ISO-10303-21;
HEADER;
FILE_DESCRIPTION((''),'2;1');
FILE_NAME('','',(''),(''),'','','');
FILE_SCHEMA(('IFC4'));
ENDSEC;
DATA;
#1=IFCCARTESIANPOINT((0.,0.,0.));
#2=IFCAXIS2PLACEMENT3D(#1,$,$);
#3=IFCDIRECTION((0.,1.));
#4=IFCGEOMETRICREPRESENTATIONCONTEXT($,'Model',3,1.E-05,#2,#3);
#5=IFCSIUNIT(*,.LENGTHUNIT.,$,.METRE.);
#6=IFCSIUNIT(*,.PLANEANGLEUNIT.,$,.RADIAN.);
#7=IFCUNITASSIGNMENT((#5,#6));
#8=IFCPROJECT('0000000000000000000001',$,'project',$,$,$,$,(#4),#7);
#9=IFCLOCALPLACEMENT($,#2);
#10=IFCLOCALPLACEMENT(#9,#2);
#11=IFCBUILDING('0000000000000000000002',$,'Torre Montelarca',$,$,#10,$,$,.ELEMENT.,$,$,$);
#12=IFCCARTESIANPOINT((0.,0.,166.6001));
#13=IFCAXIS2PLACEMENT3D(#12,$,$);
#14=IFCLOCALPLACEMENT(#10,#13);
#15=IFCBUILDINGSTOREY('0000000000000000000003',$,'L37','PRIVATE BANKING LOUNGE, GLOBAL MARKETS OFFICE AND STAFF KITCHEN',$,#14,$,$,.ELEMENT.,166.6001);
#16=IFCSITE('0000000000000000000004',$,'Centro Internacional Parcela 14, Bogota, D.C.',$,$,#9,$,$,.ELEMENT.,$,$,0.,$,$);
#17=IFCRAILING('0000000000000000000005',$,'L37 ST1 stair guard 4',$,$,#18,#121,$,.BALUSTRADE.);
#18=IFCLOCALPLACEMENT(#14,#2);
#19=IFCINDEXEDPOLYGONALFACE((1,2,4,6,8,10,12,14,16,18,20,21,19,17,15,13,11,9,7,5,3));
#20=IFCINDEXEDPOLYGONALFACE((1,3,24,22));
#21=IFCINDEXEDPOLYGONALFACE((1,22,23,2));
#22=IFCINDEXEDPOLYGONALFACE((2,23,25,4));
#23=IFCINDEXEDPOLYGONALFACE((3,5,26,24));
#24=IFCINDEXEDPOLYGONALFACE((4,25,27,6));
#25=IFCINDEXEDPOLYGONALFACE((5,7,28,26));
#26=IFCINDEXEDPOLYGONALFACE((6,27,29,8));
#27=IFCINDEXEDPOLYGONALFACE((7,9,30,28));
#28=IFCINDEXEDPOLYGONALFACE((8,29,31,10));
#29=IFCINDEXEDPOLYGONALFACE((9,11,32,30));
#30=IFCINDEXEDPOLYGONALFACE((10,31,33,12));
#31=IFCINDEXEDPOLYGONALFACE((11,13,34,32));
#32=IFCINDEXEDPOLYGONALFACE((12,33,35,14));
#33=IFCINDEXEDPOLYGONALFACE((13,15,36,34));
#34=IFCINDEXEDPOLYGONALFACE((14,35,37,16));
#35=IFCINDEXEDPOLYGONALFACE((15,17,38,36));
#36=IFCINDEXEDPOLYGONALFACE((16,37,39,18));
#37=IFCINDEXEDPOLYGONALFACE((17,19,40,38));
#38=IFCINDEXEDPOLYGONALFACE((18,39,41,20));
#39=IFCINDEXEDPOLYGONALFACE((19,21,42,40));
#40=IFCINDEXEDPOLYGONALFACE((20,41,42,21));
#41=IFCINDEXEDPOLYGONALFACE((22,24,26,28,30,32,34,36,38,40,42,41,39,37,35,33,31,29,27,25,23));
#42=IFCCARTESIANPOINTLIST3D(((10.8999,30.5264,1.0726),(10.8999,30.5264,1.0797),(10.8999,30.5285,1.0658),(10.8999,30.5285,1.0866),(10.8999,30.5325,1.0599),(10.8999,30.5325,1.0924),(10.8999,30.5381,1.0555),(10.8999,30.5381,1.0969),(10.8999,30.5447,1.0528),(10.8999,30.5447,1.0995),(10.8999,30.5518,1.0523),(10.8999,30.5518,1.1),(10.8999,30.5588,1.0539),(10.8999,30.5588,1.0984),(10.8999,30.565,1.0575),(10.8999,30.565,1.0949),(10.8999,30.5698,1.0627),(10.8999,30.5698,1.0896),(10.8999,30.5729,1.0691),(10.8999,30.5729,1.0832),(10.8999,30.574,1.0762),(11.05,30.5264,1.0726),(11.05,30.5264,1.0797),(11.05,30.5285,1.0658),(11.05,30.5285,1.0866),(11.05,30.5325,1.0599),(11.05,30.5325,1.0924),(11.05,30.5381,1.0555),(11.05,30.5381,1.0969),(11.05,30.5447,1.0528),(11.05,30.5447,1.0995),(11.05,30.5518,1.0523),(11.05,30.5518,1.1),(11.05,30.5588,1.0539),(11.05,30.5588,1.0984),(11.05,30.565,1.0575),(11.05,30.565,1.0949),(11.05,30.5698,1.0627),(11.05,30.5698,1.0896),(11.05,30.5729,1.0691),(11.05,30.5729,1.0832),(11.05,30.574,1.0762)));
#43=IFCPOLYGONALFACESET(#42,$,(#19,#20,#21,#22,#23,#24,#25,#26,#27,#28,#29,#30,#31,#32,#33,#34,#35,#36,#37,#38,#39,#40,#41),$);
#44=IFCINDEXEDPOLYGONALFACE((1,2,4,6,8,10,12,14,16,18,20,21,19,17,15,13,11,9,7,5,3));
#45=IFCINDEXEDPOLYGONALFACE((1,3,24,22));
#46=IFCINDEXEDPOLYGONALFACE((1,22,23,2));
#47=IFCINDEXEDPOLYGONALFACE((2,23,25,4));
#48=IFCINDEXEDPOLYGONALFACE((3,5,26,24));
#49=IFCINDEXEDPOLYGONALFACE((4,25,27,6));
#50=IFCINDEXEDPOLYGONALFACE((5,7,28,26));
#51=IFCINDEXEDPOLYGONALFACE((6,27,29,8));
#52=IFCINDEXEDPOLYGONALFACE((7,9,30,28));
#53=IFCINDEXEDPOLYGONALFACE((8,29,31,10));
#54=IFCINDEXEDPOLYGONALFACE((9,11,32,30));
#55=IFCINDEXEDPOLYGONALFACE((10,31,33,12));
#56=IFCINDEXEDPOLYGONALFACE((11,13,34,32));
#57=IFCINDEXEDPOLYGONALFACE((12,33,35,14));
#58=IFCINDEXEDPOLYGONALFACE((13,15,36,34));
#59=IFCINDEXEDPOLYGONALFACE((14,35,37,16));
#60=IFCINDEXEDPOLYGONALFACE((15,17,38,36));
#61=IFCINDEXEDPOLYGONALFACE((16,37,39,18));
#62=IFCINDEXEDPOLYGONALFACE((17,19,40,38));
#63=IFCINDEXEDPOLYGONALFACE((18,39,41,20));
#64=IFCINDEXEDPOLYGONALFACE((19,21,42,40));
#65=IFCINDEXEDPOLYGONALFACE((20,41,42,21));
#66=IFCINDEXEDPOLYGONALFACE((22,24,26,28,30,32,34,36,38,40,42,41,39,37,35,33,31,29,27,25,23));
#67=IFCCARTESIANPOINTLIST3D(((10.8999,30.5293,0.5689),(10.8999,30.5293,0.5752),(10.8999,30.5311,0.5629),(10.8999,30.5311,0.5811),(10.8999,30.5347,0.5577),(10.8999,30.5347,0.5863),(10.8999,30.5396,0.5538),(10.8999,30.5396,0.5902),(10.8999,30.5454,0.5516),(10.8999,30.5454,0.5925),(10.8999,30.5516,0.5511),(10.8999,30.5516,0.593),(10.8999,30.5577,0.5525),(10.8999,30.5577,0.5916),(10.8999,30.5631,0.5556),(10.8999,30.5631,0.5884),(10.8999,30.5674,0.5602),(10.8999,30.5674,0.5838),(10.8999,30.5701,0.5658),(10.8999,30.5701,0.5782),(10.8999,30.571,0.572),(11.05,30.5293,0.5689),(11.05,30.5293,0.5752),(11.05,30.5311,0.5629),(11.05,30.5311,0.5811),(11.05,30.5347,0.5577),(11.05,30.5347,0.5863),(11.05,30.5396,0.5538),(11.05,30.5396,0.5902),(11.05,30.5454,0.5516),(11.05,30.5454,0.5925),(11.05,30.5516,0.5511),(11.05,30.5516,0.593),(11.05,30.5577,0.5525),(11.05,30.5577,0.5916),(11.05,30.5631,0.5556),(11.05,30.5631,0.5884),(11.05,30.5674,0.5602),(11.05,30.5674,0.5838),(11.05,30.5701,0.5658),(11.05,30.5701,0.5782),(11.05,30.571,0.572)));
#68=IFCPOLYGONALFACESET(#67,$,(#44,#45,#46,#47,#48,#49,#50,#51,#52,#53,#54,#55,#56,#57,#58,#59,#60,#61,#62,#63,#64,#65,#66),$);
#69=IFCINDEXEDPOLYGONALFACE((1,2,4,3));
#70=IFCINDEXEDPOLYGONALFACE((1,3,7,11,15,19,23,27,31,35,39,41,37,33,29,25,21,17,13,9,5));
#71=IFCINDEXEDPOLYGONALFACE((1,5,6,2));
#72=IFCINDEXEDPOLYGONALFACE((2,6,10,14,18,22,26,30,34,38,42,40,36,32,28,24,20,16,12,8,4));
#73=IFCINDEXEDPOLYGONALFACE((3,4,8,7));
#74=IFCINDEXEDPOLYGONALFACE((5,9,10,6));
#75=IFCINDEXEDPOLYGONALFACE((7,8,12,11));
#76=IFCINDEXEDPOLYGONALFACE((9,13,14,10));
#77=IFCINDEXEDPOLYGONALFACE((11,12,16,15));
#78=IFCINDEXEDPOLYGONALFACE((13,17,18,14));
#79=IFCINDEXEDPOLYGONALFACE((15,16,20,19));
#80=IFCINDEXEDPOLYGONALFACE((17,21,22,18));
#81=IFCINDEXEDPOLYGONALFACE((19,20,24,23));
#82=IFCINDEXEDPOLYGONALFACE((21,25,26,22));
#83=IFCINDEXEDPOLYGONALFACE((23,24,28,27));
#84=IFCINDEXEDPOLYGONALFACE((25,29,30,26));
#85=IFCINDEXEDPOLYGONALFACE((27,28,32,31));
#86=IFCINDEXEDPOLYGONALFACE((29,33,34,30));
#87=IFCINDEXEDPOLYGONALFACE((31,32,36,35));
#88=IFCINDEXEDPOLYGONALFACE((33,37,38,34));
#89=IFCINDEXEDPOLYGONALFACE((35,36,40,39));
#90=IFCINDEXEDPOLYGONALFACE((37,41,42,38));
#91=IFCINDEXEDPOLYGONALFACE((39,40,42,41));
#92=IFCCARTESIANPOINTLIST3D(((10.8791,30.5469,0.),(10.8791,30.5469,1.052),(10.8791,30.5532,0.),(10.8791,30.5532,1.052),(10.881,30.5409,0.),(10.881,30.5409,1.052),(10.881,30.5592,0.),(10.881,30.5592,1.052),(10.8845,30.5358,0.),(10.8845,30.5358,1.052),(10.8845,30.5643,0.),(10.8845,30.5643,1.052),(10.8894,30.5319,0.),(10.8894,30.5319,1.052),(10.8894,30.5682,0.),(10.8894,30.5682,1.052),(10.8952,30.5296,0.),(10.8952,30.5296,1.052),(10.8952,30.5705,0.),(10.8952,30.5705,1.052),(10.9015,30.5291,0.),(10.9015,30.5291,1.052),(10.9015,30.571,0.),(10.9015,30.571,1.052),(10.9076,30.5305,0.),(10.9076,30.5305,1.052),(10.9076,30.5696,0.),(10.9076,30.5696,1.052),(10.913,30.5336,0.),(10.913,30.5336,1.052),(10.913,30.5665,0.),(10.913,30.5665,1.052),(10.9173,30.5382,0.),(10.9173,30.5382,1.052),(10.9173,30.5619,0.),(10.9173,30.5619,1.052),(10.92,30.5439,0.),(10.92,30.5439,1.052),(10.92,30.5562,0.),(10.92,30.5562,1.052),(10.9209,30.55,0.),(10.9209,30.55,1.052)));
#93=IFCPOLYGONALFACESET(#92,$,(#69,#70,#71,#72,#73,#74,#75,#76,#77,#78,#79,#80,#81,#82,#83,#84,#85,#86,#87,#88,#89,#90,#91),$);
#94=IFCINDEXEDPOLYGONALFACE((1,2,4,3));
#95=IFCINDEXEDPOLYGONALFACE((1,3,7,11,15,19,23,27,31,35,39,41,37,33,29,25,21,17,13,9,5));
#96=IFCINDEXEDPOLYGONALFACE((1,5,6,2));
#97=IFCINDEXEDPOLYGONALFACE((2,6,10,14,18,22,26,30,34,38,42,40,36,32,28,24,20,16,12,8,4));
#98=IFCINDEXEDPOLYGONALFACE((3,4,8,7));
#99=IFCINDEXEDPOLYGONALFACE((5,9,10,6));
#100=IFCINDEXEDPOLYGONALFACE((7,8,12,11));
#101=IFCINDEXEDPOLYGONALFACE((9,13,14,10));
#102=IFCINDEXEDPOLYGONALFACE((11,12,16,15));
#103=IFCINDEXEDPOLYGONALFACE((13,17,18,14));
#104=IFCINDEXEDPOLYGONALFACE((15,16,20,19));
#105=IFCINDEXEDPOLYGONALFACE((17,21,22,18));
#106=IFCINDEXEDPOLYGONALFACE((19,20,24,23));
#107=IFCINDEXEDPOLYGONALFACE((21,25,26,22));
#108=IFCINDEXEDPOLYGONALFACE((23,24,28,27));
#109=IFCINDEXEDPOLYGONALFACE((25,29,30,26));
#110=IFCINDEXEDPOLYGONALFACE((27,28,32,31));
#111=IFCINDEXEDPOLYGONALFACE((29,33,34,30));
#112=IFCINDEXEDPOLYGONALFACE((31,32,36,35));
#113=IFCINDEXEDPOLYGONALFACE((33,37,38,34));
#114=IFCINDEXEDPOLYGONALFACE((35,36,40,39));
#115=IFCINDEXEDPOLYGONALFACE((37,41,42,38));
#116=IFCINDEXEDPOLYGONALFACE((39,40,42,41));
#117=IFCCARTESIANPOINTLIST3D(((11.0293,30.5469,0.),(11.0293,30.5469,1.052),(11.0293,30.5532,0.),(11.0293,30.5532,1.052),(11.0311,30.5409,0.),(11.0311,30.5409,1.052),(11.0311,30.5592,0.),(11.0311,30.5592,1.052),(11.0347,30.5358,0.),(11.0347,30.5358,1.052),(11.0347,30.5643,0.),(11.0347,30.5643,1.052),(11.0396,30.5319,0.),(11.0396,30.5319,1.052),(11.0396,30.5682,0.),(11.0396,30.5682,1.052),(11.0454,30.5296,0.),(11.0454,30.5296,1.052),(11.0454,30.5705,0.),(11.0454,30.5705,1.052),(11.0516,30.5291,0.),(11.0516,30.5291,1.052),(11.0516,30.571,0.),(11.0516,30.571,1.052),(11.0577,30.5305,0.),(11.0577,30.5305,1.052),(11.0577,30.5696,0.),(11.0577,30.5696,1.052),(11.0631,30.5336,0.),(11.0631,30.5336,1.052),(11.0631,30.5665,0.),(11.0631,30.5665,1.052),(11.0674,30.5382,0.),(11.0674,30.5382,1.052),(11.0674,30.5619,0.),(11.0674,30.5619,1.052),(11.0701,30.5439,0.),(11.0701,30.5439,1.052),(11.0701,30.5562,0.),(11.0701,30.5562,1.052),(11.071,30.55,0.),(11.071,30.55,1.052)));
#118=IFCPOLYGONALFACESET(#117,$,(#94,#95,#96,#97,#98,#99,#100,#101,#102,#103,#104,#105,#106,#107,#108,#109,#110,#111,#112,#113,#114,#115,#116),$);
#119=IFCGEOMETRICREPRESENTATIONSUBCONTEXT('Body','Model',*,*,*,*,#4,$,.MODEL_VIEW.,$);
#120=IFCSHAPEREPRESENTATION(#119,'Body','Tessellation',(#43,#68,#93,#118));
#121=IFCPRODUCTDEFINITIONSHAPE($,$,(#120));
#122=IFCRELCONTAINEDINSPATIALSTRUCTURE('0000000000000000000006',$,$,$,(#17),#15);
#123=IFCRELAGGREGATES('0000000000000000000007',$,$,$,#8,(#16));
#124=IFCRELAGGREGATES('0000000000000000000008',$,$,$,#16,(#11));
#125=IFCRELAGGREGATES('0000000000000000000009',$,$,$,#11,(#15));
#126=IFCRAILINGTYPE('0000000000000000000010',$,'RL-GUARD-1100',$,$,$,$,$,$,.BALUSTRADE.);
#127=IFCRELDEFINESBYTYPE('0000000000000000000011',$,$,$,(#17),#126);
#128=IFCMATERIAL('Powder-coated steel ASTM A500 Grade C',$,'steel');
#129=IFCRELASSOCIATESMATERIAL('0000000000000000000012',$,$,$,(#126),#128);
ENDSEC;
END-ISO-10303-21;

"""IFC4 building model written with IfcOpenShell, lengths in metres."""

from ifc_helpers import new_model, si_unit, direction, frame, origin, origin_2d, place, context, subcontext, project, spatial, circle, extrude, material, type_object, element, save


model = new_model("IFC4")

# Units and contexts
model_context = context("Model", 3, precision=1e-05, world=origin(), true_north=direction((0.0, 1.0)))
body_context = subcontext(model_context, "Body", "Model", "MODEL_VIEW")
ifc_project = project(units=[si_unit("LENGTHUNIT", "METRE"), si_unit("PLANEANGLEUNIT", "RADIAN")], contexts=[model_context])

# Site, building, storey
site_placement = place(None, origin())
site = spatial("IfcSite", under=ifc_project, at=site_placement, Name="Centro Internacional Parcela 14, Bogota, D.C.", CompositionType="ELEMENT", RefElevation=0.0)
building_placement = place(site_placement, origin())
building = spatial("IfcBuilding", under=site, at=building_placement, Name="Torre Montelarca", CompositionType="ELEMENT")
storey_placement = place(building_placement, frame((0.0, 0.0, 166.6001)))
storey = spatial("IfcBuildingStorey", under=building, at=storey_placement, Name="L37", Description="PRIVATE BANKING LOUNGE, GLOBAL MARKETS OFFICE AND STAFF KITCHEN", CompositionType="ELEMENT", Elevation=166.6001)

# Railing
ifc_material_1 = material(Name="Powder-coated steel ASTM A500 Grade C", Category="steel")
railing_type_1 = type_object("IfcRailingType", Name="RL-GUARD-1100", PredefinedType="BALUSTRADE", material=ifc_material_1)
railing_1_placement = place(storey_placement, frame((10.8999, 30.55, 0.0)))
element("IfcRailing", 1, at=railing_1_placement, inside=storey, type_object=railing_type_1, Name="L37 ST1 stair guard 4", PredefinedType="BALUSTRADE", context=body_context, shape_type="SweptSolid", body=[
    extrude(circle(Radius=0.0239, at=origin_2d()), frame((0.0, 0.0, 1.0762), z_axis=(1.0, 0.0, 0.0), x_axis=(0.0, 1.0, 0.0)), (0.0, 0.0, 1.0), 0.1501),
    extrude(circle(Radius=0.021, at=origin_2d()), frame((0.0, 0.0, 0.572), z_axis=(1.0, 0.0, 0.0), x_axis=(0.0, 1.0, 0.0)), (0.0, 0.0, 1.0), 0.1501),
    extrude(circle(Radius=0.021, at=origin_2d()), origin(), (0.0, 0.0, 1.0), 1.052),
    extrude(circle(Radius=0.021, at=origin_2d()), frame((0.1501, 0.0, 0.0)), (0.0, 0.0, 1.0), 1.052),
])

save(model, "model.ifc")
